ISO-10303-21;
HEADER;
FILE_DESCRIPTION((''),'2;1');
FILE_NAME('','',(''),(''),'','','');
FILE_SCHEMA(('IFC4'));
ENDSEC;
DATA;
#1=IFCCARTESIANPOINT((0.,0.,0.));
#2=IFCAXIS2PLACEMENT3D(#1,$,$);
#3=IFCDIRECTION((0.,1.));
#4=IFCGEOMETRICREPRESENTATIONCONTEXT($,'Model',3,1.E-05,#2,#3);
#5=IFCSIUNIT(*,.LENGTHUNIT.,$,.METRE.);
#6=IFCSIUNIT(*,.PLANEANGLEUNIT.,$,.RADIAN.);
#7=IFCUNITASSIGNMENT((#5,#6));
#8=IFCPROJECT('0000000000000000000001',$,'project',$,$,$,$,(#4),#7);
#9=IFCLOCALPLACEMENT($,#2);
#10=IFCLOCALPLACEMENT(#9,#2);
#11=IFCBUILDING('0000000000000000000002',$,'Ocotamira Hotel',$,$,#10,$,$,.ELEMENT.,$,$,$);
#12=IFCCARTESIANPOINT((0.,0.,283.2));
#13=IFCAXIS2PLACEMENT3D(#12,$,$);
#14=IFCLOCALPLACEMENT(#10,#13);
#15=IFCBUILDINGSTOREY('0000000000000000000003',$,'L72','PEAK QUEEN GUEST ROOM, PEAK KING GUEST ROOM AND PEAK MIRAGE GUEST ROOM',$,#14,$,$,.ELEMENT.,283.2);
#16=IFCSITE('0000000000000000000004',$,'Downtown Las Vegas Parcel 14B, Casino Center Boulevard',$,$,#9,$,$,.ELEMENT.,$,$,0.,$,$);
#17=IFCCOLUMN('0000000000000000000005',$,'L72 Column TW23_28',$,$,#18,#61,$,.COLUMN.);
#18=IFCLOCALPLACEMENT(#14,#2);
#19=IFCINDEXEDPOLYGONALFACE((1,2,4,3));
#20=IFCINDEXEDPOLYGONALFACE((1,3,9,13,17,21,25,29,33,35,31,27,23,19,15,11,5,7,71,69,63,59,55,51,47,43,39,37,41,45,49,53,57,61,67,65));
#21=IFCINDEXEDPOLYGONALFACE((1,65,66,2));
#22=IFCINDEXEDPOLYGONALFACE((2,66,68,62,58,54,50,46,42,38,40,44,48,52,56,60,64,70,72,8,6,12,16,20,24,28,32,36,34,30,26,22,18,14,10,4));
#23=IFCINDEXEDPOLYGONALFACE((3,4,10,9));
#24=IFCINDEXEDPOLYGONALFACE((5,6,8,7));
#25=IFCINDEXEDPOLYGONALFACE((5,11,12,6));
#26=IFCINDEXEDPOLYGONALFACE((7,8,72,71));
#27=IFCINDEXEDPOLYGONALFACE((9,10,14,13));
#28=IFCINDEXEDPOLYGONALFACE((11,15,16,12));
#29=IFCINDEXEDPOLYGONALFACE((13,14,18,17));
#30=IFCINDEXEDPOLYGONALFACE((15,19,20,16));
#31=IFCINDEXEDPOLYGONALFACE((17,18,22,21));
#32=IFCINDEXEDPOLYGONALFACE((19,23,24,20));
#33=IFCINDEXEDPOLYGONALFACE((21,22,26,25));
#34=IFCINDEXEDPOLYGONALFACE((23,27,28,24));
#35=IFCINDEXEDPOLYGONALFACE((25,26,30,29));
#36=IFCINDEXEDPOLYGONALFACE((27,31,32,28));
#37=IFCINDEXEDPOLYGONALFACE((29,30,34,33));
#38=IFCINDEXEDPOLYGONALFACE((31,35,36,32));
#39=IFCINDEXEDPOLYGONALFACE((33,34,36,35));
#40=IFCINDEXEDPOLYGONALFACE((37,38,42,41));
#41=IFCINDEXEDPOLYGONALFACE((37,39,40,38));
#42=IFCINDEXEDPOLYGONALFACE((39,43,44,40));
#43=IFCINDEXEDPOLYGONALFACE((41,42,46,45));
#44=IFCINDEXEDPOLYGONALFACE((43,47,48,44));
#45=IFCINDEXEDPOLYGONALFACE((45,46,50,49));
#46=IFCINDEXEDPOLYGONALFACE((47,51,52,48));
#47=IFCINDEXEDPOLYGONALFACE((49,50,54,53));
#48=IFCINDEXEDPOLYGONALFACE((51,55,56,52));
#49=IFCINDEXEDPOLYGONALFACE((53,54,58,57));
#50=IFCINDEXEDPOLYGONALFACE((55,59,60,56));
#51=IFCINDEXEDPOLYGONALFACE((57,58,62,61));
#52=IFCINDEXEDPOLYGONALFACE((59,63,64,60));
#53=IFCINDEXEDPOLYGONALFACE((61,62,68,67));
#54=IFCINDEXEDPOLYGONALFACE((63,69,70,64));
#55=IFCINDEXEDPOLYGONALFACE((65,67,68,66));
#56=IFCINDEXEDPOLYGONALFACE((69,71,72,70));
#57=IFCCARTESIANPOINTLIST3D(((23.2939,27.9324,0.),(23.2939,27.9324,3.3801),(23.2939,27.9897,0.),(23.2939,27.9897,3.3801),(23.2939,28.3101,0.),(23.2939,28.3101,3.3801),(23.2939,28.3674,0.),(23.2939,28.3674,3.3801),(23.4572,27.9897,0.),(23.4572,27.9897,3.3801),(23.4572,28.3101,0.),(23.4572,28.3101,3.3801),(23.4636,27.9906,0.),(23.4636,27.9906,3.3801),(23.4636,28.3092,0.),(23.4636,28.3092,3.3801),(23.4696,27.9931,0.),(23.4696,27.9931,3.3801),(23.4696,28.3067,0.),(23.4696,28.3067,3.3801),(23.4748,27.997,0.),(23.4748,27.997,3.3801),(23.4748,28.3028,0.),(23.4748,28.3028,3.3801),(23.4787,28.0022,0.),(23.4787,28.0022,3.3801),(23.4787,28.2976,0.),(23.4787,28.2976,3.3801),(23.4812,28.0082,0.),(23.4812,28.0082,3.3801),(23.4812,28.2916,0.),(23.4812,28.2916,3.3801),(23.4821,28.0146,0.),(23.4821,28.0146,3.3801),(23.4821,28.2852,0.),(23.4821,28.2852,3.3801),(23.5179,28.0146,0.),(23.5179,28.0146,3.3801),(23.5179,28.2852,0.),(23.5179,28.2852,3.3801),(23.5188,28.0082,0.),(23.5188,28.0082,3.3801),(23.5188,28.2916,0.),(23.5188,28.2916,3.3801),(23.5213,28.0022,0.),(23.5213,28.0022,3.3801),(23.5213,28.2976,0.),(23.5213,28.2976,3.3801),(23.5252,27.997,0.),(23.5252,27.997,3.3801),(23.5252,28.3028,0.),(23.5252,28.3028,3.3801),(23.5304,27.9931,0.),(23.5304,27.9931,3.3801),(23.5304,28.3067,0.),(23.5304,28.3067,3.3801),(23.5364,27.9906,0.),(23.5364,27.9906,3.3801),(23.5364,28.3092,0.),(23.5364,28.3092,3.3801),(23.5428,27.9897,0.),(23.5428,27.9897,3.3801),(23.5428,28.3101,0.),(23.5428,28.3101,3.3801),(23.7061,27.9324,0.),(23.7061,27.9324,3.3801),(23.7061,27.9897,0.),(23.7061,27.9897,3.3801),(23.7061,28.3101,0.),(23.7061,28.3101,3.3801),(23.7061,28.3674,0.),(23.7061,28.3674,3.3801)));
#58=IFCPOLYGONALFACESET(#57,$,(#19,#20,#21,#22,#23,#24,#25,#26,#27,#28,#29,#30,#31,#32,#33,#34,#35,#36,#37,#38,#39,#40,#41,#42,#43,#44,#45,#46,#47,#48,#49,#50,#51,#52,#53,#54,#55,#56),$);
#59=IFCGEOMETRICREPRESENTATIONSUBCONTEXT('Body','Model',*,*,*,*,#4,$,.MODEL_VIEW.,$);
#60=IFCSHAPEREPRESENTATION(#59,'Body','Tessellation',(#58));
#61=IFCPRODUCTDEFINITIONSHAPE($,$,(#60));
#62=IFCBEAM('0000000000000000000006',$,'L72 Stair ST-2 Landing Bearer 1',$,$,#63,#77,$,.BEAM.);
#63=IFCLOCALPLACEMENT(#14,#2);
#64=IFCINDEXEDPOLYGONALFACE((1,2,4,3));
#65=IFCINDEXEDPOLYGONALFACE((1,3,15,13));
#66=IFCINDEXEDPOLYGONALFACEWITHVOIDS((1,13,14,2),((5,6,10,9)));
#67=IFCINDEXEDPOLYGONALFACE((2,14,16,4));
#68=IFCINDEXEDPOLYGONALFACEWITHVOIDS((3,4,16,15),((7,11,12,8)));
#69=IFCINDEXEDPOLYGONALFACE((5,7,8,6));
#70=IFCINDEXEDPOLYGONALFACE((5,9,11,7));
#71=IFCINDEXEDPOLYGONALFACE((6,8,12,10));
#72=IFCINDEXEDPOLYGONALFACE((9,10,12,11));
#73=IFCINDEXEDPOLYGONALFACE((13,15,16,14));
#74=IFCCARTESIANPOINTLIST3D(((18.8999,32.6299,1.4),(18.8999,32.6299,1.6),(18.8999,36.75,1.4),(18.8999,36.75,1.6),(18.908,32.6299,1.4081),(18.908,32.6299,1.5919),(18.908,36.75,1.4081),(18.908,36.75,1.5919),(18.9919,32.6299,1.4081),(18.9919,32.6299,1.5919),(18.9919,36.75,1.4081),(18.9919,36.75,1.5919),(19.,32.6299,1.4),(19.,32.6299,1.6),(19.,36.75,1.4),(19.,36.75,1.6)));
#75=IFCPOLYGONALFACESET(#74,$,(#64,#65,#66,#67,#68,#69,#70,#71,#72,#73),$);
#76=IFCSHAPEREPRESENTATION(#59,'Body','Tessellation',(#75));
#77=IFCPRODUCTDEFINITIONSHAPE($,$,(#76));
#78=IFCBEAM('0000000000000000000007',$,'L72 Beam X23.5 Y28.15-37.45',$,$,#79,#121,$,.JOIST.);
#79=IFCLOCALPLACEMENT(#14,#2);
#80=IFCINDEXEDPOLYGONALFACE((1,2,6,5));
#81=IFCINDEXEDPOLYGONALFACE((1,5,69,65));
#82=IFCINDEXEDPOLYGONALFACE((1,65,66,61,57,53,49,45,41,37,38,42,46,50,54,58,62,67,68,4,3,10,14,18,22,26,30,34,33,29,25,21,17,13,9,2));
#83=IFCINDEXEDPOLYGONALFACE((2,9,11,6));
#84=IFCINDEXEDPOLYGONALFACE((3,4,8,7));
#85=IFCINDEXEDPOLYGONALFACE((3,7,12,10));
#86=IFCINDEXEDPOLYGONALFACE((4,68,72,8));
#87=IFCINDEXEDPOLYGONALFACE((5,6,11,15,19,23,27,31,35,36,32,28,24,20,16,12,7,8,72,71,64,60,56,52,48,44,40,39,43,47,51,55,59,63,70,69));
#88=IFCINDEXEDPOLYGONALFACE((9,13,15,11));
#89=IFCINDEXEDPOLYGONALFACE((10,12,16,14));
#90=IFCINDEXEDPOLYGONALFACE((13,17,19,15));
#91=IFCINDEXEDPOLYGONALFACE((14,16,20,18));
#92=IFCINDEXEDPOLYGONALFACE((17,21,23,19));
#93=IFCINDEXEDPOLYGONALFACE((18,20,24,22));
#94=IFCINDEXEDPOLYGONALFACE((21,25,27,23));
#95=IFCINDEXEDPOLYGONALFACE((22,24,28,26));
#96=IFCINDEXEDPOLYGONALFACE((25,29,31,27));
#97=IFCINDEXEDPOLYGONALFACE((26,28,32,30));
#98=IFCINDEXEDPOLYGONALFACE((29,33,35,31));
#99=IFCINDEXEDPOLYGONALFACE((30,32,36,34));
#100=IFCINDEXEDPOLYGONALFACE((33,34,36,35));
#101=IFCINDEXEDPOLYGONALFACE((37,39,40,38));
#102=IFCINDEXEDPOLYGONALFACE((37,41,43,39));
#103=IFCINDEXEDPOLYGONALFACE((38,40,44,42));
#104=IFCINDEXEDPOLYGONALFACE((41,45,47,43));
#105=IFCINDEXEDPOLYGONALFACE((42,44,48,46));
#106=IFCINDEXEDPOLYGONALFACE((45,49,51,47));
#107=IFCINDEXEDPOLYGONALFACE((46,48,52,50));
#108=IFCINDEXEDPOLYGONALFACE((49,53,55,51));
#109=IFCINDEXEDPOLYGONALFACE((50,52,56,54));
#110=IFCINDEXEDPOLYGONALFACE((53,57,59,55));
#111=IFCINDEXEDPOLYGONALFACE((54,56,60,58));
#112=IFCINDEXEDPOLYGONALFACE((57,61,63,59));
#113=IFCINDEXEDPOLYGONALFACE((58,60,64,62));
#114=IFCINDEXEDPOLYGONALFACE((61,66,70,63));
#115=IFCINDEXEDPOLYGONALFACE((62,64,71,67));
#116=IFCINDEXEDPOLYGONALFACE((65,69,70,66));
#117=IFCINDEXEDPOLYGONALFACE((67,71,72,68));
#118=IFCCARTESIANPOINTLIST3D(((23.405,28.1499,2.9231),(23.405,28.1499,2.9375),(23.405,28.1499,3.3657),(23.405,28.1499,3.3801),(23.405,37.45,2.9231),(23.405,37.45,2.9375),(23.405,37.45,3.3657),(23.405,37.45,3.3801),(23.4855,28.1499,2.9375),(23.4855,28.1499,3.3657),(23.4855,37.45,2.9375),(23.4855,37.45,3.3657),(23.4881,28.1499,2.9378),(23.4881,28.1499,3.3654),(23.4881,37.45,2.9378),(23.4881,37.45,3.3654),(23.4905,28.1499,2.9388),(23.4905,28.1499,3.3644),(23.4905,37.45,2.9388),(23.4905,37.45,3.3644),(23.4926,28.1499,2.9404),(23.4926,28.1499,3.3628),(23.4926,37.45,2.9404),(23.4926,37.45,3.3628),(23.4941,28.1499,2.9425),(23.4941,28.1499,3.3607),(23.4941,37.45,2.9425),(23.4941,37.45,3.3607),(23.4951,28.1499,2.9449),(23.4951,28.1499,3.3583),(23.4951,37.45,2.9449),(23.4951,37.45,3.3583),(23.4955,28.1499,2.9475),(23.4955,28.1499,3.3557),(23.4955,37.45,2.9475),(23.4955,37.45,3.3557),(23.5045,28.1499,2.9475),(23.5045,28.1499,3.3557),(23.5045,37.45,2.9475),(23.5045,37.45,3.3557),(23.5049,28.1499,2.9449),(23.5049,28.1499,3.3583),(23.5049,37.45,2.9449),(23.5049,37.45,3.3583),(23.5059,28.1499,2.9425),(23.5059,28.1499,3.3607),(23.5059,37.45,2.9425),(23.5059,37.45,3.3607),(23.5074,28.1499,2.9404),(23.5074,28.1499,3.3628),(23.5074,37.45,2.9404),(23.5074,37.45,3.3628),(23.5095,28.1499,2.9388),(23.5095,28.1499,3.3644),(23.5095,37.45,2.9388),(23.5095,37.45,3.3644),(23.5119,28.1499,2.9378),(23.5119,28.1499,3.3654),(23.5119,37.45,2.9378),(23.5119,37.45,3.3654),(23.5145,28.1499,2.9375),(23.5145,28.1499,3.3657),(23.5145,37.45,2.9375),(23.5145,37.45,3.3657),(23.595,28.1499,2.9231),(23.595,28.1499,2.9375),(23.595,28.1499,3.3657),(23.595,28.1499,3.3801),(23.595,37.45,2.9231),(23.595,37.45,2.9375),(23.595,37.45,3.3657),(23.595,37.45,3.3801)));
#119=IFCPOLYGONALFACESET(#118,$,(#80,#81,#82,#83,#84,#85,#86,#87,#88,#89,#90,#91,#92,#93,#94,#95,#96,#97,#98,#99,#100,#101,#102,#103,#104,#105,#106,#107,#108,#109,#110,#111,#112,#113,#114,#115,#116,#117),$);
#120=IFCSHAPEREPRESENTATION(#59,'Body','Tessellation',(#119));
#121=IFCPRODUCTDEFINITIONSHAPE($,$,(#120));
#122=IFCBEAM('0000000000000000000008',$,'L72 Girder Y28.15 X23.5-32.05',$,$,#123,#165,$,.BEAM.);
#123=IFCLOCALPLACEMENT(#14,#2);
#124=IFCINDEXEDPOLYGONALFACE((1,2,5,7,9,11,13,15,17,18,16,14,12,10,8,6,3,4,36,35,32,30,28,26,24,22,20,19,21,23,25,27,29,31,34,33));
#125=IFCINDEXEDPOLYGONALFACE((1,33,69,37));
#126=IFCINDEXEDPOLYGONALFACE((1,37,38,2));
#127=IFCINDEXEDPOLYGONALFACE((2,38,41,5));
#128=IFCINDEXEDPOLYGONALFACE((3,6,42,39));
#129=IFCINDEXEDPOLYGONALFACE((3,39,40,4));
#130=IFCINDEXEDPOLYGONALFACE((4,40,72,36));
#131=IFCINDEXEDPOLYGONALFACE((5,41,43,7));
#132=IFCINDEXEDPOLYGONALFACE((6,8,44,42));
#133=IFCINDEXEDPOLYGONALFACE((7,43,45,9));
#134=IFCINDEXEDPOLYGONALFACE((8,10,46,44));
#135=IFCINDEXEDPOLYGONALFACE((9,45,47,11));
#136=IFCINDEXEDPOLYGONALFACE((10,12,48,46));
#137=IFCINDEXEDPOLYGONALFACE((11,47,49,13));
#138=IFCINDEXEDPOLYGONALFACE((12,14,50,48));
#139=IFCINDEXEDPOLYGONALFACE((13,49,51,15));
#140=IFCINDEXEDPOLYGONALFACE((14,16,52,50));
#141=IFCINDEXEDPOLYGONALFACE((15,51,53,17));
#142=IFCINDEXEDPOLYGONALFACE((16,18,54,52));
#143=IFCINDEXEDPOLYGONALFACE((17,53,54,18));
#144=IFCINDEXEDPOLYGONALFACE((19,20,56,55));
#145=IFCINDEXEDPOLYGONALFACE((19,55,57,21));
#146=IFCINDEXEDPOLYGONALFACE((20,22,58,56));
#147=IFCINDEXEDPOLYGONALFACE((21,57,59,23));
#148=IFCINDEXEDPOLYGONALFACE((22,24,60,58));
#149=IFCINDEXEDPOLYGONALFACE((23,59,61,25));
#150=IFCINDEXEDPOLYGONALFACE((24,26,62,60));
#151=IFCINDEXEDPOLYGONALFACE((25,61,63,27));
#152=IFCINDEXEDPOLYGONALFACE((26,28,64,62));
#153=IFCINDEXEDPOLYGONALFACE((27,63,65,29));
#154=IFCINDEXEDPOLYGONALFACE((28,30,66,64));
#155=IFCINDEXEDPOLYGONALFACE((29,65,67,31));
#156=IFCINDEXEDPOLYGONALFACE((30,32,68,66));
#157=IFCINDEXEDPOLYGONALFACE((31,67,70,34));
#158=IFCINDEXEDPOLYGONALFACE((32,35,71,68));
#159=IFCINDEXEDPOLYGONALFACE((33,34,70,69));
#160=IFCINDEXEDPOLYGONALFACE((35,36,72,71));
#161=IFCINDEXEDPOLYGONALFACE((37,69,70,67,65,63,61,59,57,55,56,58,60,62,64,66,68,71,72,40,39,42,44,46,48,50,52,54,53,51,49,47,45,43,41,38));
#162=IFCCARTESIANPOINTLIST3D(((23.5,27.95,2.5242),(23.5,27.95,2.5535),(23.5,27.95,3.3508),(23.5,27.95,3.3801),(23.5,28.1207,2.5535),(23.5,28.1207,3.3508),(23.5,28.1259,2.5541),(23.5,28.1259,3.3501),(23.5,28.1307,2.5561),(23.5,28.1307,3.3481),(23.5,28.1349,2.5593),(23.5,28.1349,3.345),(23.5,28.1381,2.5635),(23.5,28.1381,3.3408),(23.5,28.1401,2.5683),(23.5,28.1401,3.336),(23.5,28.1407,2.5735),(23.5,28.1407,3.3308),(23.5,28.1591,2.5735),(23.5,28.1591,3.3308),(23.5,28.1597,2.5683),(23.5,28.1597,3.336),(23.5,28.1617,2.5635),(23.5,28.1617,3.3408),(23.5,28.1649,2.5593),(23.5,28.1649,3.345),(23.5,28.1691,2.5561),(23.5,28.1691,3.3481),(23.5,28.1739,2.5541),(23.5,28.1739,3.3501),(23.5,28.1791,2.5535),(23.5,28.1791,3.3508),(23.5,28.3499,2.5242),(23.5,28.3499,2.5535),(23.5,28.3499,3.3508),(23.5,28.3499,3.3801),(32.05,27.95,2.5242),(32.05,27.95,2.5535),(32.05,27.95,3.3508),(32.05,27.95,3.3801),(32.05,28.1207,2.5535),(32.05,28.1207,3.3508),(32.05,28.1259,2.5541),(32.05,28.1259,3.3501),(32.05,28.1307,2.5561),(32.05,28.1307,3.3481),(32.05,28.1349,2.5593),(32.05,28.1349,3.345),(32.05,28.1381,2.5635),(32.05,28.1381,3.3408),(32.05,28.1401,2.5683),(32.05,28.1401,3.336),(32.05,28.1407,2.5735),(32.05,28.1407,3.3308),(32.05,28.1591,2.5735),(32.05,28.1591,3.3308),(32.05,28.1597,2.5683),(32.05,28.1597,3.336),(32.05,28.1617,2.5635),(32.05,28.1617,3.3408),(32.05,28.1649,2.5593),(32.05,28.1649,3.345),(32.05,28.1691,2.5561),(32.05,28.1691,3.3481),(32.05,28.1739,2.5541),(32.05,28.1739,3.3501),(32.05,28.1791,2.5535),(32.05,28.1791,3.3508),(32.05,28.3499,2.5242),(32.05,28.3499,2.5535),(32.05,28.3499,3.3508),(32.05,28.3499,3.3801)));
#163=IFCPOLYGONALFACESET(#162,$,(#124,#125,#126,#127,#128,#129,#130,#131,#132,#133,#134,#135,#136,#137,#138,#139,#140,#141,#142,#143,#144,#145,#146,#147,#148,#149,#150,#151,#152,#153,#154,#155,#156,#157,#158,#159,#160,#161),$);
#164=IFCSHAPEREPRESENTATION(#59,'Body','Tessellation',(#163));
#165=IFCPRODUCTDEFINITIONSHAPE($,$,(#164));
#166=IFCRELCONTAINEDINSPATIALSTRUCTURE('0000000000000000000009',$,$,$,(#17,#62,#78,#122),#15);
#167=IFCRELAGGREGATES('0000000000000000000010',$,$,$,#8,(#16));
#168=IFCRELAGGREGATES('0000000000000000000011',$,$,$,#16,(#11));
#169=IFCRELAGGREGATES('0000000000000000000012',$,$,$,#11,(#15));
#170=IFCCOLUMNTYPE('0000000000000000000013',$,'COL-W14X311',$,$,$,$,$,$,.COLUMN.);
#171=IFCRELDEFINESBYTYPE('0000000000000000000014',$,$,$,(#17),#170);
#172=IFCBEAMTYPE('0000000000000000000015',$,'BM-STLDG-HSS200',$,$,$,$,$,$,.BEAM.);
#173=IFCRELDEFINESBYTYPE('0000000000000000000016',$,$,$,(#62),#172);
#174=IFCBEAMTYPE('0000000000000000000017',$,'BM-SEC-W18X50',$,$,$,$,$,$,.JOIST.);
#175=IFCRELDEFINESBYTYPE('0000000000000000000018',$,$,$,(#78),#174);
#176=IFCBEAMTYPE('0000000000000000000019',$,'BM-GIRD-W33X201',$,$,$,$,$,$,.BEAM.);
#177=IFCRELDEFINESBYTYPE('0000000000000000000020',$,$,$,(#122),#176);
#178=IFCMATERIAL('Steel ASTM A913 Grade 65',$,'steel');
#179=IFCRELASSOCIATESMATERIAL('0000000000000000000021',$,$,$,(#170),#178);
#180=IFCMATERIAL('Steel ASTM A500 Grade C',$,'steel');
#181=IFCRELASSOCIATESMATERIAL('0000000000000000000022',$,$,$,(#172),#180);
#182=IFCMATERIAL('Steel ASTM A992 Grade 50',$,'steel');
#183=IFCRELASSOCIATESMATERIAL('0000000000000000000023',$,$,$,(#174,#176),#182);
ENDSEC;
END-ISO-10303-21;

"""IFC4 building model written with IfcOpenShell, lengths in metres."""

from ifc_helpers import new_model, si_unit, direction, frame, origin, origin_2d, place, context, subcontext, project, spatial, hollow_rectangle, i_section, extrude, source, transform, mapped, material, material_profile, profile_set, type_object, element, save


model = new_model("IFC4")

# Units and contexts
model_context = context("Model", 3, precision=1e-05, world=origin(), true_north=direction((0.0, 1.0)))
body_context = subcontext(model_context, "Body", "Model", "MODEL_VIEW")
ifc_project = project(units=[si_unit("LENGTHUNIT", "METRE"), si_unit("PLANEANGLEUNIT", "RADIAN")], contexts=[model_context])

# Site, building, storey
site_placement = place(None, origin())
site = spatial("IfcSite", under=ifc_project, at=site_placement, Name="Downtown Las Vegas Parcel 14B, Casino Center Boulevard", CompositionType="ELEMENT", RefElevation=0.0)
building_placement = place(site_placement, origin())
building = spatial("IfcBuilding", under=site, at=building_placement, Name="Ocotamira Hotel", CompositionType="ELEMENT")
storey_placement = place(building_placement, frame((0.0, 0.0, 283.2)))
storey = spatial("IfcBuildingStorey", under=building, at=storey_placement, Name="L72", Description="PEAK QUEEN GUEST ROOM, PEAK KING GUEST ROOM AND PEAK MIRAGE GUEST ROOM", CompositionType="ELEMENT", Elevation=283.2)

# Column
ifc_material_1 = material(Name="Steel ASTM A913 Grade 65", Category="steel")
ifc_material_profile_1 = material_profile(ifc_material_1, i_section(OverallWidth=0.4121, OverallDepth=0.4351, WebThickness=0.0359, FlangeThickness=0.0574, FilletRadius=0.0249, at=origin_2d()), Name="W14X311")
ifc_profile_set_1 = profile_set([ifc_material_profile_1], Name="Steel ASTM A913 Grade 65")
column_type = type_object("IfcColumnType", Name="COL-W14X311", PredefinedType="COLUMN", material=ifc_profile_set_1)
shared_shape_1 = source(origin(), body_context, "Body", "SweptSolid", [
    extrude(i_section(OverallWidth=0.4121, OverallDepth=0.4351, WebThickness=0.0359, FlangeThickness=0.0574, FilletRadius=0.0249, at=origin_2d()), origin(), (0.0, 0.0, 1.0), 3.3801),
])
column_placement = place(storey_placement, frame((23.5, 28.1499, 0.0), z_axis=(0.0, 0.0, 1.0), x_axis=(1.0, 0.0, 0.0)))
element("IfcColumn", 1, at=column_placement, inside=storey, type_object=column_type, Name="L72 Column TW23_28", PredefinedType="COLUMN", context=body_context, shape_type="MappedRepresentation", body=[
    mapped(shared_shape_1, transform((0.0, 0.0, 0.0), scale=1.0)),
])

# Beams
ifc_material_2 = material(Name="Steel ASTM A500 Grade C", Category="steel")
ifc_material_profile_2 = material_profile(ifc_material_2, hollow_rectangle(XDim=0.1001, YDim=0.2, WallThickness=0.0081, at=origin_2d()), Name="HSS200X100X8")
ifc_profile_set_2 = profile_set([ifc_material_profile_2], Name="Steel ASTM A500 Grade C")
beam_type_1 = type_object("IfcBeamType", Name="BM-STLDG-HSS200", PredefinedType="BEAM", material=ifc_profile_set_2)
shared_shape_2 = source(origin(), body_context, "Body", "SweptSolid", [
    extrude(hollow_rectangle(XDim=0.1001, YDim=0.2, WallThickness=0.0081, at=origin_2d()), origin(), (0.0, 0.0, 1.0), 4.1201),
])
beam_1_placement = place(storey_placement, frame((18.95, 32.6299, 1.5), z_axis=(0.0, 1.0, 0.0), x_axis=(-1.0, 0.0, 0.0)))
element("IfcBeam", 2, at=beam_1_placement, inside=storey, type_object=beam_type_1, Name="L72 Stair ST-2 Landing Bearer 1", PredefinedType="BEAM", context=body_context, shape_type="MappedRepresentation", body=[
    mapped(shared_shape_2, transform((0.0, 0.0, 0.0), scale=1.0)),
])
ifc_material_3 = material(Name="Steel ASTM A992 Grade 50", Category="steel")
ifc_material_profile_3 = material_profile(ifc_material_3, i_section(OverallWidth=0.1899, OverallDepth=0.457, WebThickness=0.009, FlangeThickness=0.0144, FilletRadius=0.01, at=origin_2d()), Name="W18X50")
ifc_profile_set_3 = profile_set([ifc_material_profile_3], Name="Steel ASTM A992 Grade 50")
beam_type_2 = type_object("IfcBeamType", Name="BM-SEC-W18X50", PredefinedType="JOIST", material=ifc_profile_set_3)
shared_shape_3 = source(origin(), body_context, "Body", "SweptSolid", [
    extrude(i_section(OverallWidth=0.1899, OverallDepth=0.457, WebThickness=0.009, FlangeThickness=0.0144, FilletRadius=0.01, at=origin_2d()), origin(), (0.0, 0.0, 1.0), 9.3),
])
beam_2_placement = place(storey_placement, frame((23.5, 28.1499, 3.1516), z_axis=(0.0, 1.0, 0.0), x_axis=(-1.0, 0.0, 0.0)))
element("IfcBeam", 3, at=beam_2_placement, inside=storey, type_object=beam_type_2, Name="L72 Beam X23.5 Y28.15-37.45", PredefinedType="JOIST", context=body_context, shape_type="MappedRepresentation", body=[
    mapped(shared_shape_3, transform((0.0, 0.0, 0.0), scale=1.0)),
])
ifc_material_profile_4 = material_profile(ifc_material_3, i_section(OverallWidth=0.3999, OverallDepth=0.856, WebThickness=0.0183, FlangeThickness=0.0293, FilletRadius=0.02, at=origin_2d()), Name="W33X201")
ifc_profile_set_4 = profile_set([ifc_material_profile_4], Name="Steel ASTM A992 Grade 50")
beam_type_3 = type_object("IfcBeamType", Name="BM-GIRD-W33X201", PredefinedType="BEAM", material=ifc_profile_set_4)
shared_shape_4 = source(origin(), body_context, "Body", "SweptSolid", [
    extrude(i_section(OverallWidth=0.3999, OverallDepth=0.856, WebThickness=0.0183, FlangeThickness=0.0293, FilletRadius=0.02, at=origin_2d()), origin(), (0.0, 0.0, 1.0), 8.55),
])
beam_3_placement = place(storey_placement, frame((23.5, 28.1499, 2.9521), z_axis=(1.0, 0.0, 0.0), x_axis=(0.0, 1.0, 0.0)))
element("IfcBeam", 4, at=beam_3_placement, inside=storey, type_object=beam_type_3, Name="L72 Girder Y28.15 X23.5-32.05", PredefinedType="BEAM", context=body_context, shape_type="MappedRepresentation", body=[
    mapped(shared_shape_4, transform((0.0, 0.0, 0.0), scale=1.0)),
])

save(model, "model.ifc")
